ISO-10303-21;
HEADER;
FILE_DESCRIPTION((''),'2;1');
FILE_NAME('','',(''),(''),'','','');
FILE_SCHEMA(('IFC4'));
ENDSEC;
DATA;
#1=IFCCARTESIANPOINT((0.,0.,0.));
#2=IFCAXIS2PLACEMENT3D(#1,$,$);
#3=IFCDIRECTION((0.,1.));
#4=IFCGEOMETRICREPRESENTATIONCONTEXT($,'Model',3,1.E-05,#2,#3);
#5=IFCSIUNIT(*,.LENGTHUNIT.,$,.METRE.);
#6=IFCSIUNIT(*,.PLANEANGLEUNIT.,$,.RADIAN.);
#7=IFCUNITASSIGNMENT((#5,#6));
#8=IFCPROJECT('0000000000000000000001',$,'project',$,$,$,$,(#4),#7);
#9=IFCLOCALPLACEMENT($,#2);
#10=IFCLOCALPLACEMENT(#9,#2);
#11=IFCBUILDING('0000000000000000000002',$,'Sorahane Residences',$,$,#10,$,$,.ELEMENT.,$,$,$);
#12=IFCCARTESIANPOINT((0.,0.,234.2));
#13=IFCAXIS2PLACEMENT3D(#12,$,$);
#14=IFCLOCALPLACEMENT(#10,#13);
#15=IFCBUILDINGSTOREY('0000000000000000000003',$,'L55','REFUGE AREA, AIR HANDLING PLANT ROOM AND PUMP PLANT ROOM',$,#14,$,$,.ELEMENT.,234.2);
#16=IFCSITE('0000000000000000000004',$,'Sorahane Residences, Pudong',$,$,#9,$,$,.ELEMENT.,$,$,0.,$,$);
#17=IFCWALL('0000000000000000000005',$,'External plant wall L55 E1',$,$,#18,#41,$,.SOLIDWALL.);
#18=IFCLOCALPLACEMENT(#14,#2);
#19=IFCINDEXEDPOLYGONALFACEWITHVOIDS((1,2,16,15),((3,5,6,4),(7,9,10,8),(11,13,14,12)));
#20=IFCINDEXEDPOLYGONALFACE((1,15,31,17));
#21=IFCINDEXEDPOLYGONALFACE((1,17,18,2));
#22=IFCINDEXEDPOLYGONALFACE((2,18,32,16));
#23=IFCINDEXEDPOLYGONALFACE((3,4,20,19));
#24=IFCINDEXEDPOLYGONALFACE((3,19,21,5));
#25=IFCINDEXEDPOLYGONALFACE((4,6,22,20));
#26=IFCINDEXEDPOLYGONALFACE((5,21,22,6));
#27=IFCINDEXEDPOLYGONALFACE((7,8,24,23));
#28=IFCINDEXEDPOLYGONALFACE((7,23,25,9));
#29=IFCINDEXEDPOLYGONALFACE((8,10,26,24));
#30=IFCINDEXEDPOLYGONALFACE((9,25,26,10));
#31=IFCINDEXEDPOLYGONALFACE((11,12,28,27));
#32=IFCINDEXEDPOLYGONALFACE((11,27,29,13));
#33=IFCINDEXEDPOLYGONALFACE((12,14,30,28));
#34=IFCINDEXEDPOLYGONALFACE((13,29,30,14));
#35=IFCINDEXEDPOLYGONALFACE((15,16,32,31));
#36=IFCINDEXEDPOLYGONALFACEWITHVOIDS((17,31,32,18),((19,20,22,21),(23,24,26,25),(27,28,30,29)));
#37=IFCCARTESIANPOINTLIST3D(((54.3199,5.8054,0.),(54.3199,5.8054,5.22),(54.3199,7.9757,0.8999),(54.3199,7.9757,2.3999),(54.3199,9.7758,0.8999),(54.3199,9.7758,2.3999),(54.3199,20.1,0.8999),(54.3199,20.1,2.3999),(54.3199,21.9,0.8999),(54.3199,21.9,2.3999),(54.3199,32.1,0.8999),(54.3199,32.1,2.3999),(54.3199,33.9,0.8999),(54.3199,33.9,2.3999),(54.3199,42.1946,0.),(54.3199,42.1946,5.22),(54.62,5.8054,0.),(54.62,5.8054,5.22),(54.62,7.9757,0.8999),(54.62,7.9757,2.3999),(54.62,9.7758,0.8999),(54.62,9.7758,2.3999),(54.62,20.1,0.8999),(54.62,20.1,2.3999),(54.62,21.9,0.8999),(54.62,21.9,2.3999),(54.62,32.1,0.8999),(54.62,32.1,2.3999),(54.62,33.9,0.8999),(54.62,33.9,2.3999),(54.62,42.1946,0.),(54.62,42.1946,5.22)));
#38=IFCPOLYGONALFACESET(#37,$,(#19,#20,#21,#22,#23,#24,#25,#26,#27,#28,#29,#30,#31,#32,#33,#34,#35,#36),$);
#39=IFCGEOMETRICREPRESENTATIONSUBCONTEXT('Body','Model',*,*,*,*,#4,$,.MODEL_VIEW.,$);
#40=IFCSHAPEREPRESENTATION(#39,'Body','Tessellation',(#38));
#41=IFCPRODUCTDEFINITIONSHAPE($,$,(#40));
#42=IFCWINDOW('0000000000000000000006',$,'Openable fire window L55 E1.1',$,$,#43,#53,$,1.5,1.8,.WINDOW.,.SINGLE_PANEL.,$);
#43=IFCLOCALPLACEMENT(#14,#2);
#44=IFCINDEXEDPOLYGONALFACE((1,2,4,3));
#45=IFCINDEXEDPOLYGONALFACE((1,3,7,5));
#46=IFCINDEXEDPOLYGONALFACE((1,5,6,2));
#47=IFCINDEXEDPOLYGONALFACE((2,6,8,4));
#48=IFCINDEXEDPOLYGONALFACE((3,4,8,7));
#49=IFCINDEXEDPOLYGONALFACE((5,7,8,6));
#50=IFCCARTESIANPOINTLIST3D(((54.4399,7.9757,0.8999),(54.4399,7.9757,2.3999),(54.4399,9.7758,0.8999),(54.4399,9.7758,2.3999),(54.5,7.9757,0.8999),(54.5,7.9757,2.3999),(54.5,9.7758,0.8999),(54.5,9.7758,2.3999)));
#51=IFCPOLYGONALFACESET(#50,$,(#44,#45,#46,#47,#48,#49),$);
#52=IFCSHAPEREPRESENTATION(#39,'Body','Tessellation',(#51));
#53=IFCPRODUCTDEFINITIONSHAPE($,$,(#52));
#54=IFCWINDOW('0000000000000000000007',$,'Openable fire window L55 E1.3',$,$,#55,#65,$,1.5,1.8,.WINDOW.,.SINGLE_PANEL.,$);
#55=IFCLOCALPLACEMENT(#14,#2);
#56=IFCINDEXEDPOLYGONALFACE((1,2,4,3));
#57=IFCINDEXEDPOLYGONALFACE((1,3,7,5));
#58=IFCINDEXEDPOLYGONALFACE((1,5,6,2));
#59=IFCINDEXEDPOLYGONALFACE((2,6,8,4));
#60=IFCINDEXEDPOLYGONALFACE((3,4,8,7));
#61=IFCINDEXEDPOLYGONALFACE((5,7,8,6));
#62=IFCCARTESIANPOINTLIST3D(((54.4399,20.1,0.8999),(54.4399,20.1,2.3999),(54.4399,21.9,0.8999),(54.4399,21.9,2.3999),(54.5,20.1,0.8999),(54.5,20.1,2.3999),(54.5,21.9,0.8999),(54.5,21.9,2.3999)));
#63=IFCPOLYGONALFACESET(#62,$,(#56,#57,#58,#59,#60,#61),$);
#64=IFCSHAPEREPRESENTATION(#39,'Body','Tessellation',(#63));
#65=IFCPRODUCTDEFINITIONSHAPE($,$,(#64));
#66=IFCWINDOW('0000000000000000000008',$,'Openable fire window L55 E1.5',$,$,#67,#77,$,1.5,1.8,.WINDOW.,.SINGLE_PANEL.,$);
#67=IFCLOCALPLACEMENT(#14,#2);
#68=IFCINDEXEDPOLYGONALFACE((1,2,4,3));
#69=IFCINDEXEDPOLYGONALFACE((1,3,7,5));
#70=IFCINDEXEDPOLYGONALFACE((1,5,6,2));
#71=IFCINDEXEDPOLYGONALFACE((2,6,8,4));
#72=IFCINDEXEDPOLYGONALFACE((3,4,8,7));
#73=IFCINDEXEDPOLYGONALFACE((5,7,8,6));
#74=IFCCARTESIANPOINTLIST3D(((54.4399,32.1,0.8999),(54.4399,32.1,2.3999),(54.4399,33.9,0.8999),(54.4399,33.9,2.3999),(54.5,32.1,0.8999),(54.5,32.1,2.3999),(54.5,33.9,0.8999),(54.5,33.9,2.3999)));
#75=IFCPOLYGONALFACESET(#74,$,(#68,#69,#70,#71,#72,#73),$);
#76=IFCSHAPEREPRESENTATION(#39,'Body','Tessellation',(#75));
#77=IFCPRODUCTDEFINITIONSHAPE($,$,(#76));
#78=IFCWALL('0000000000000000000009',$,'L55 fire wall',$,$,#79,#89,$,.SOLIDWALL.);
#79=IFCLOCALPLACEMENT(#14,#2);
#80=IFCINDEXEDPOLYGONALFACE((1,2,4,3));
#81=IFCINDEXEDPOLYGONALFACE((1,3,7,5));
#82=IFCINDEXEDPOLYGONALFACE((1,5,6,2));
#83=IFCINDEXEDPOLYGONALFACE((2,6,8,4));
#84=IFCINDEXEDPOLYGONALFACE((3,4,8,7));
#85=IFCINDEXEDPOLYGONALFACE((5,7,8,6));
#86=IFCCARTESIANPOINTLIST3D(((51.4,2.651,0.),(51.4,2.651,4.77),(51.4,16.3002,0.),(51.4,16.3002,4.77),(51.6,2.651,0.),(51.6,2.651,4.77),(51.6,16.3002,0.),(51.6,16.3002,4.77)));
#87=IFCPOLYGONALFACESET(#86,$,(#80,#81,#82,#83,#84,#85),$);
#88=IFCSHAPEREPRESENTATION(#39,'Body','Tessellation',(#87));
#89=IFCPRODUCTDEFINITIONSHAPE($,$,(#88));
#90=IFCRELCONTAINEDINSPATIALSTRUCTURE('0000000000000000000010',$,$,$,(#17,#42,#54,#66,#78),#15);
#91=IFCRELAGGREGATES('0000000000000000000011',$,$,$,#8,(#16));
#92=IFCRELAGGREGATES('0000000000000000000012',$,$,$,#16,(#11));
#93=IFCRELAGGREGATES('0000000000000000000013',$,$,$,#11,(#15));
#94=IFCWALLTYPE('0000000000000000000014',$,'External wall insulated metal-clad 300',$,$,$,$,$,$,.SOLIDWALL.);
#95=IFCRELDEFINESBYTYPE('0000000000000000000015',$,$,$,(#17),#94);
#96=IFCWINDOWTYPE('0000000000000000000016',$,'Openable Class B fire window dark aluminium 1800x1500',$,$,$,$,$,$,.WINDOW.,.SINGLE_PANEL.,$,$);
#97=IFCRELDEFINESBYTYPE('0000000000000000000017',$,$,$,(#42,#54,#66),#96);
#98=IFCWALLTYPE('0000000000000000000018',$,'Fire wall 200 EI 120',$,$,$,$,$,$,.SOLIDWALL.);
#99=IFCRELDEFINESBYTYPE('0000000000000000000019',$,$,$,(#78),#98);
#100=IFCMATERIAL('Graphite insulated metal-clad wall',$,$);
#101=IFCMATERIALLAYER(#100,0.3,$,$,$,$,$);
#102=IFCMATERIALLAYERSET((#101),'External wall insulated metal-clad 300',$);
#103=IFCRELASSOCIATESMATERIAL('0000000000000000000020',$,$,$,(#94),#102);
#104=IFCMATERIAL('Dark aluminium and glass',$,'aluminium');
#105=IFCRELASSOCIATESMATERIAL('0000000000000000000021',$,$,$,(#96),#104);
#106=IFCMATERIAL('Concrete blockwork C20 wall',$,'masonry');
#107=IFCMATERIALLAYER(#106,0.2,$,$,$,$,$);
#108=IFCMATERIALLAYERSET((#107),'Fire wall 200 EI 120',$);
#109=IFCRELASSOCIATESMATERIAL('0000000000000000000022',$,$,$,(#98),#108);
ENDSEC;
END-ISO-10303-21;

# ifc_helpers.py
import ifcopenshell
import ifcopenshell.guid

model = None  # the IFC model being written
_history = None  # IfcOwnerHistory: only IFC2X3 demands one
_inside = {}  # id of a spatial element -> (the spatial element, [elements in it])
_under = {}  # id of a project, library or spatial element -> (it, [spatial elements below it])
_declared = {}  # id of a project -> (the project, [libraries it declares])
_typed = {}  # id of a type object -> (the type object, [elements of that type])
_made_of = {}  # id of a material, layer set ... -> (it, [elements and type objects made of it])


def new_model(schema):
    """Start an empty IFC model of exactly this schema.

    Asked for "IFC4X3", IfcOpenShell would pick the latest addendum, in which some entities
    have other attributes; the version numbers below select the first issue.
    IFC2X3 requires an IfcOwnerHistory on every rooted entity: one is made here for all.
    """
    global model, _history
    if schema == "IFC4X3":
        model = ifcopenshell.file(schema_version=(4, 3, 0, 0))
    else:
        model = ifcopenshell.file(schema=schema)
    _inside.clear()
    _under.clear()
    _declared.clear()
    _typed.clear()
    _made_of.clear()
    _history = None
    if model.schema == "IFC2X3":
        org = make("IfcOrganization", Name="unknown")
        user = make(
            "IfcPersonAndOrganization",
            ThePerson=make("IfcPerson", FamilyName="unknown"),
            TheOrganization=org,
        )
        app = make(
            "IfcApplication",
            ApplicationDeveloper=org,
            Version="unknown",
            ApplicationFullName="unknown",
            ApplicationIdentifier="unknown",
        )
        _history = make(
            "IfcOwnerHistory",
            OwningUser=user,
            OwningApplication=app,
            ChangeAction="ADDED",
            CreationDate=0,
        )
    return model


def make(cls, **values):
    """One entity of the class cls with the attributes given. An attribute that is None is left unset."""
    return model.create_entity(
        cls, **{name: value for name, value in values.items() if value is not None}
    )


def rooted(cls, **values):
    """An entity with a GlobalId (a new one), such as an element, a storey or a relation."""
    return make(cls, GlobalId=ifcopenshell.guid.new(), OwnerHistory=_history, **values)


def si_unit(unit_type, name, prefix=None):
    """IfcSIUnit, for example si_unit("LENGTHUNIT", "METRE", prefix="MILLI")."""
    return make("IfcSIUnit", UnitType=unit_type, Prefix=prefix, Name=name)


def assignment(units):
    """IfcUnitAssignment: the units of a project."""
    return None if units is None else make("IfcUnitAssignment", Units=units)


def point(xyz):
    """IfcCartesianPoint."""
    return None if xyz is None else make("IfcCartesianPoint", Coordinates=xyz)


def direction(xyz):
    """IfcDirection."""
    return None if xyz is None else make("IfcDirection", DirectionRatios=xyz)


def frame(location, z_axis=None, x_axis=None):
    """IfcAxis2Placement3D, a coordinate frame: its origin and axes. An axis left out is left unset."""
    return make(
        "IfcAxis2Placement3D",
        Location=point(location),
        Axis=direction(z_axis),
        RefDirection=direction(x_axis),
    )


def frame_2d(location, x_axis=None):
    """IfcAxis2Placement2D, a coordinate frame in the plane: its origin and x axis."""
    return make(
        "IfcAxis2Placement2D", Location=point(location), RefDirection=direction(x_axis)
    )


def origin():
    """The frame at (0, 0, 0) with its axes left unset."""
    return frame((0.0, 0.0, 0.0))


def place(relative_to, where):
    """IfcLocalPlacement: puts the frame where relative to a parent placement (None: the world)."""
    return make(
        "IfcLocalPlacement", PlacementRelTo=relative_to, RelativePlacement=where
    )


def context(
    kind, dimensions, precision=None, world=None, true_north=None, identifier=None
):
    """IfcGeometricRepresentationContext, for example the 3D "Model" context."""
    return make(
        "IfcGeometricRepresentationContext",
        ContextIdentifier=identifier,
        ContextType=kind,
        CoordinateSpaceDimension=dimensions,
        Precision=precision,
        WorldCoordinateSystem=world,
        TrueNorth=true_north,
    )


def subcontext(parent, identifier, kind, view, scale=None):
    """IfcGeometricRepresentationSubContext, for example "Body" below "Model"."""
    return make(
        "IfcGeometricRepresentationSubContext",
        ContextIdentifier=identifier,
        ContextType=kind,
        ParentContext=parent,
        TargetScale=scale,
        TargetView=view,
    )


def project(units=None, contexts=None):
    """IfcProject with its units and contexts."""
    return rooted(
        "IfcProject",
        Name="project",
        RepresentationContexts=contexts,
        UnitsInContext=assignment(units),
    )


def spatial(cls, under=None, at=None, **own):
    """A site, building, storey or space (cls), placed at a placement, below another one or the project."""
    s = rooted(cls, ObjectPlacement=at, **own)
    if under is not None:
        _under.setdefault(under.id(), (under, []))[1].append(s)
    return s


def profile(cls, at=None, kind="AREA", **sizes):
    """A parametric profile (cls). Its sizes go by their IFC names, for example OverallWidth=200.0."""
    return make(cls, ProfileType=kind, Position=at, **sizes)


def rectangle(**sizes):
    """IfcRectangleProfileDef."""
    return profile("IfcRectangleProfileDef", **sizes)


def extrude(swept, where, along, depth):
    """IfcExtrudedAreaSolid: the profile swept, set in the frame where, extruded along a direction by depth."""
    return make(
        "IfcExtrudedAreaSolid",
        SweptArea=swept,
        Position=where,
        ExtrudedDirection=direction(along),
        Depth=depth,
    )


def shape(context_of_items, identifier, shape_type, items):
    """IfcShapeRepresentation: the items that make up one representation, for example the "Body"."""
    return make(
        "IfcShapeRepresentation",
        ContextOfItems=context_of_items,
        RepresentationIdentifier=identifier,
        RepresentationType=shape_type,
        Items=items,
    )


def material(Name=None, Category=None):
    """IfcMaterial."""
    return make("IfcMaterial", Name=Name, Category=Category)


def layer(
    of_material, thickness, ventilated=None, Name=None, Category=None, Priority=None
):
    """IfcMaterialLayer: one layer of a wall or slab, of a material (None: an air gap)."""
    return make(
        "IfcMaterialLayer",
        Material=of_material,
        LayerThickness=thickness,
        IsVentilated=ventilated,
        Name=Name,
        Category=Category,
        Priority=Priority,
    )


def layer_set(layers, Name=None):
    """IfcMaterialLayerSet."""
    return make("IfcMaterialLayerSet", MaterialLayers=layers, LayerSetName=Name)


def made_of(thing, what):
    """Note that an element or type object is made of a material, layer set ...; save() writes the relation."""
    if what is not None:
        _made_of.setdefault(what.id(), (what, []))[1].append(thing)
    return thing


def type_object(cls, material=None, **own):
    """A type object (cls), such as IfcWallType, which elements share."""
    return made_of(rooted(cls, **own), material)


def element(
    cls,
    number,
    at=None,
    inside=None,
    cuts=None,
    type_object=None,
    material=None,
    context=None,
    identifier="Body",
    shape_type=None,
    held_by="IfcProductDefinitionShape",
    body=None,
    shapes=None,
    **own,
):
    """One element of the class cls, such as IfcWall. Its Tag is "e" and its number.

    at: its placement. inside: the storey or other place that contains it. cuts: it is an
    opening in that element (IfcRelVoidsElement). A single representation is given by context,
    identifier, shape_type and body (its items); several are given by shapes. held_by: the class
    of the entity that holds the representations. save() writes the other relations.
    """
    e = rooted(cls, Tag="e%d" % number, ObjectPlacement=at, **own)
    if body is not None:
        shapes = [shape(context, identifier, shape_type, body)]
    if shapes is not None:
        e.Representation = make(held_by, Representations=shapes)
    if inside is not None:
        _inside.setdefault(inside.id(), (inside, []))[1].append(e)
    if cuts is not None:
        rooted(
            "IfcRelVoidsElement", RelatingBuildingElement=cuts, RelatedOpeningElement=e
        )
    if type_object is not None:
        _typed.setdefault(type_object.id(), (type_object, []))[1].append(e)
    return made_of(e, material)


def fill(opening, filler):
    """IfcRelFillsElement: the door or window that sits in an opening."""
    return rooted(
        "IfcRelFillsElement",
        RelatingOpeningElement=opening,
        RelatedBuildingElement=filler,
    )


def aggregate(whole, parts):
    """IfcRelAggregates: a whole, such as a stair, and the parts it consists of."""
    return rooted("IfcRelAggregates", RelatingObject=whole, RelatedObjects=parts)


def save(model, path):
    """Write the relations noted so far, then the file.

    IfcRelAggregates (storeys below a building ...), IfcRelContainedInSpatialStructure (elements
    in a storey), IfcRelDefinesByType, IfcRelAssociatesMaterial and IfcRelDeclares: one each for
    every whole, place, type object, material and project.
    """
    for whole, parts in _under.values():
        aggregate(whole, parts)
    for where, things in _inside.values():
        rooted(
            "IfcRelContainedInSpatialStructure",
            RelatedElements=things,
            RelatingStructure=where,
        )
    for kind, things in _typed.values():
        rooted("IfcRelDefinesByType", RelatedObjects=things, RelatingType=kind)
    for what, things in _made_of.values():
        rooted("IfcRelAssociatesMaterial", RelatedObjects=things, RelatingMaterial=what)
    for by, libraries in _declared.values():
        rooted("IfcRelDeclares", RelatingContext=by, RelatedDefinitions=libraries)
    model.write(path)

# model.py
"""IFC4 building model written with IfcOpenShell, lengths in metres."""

from ifc_helpers import new_model, si_unit, direction, frame, frame_2d, origin, place, context, subcontext, project, spatial, rectangle, extrude, material, layer, layer_set, type_object, element, fill, save


model = new_model("IFC4")

# Units and contexts
model_context = context("Model", 3, precision=1e-05, world=origin(), true_north=direction((0.0, 1.0)))
body_context = subcontext(model_context, "Body", "Model", "MODEL_VIEW")
ifc_project = project(units=[si_unit("LENGTHUNIT", "METRE"), si_unit("PLANEANGLEUNIT", "RADIAN")], contexts=[model_context])

# Site, building, storey
site_placement = place(None, origin())
site = spatial("IfcSite", under=ifc_project, at=site_placement, Name="Sorahane Residences, Pudong", CompositionType="ELEMENT", RefElevation=0.0)
building_placement = place(site_placement, origin())
building = spatial("IfcBuilding", under=site, at=building_placement, Name="Sorahane Residences", CompositionType="ELEMENT")
storey_placement = place(building_placement, frame((0.0, 0.0, 234.2)))
storey = spatial("IfcBuildingStorey", under=building, at=storey_placement, Name="L55", Description="REFUGE AREA, AIR HANDLING PLANT ROOM AND PUMP PLANT ROOM", CompositionType="ELEMENT", Elevation=234.2)

# Shared definitions
ifc_material_1 = material(Name="Graphite insulated metal-clad wall")
ifc_layer_1 = layer(ifc_material_1, 0.3)
ifc_layer_set_1 = layer_set([ifc_layer_1], Name="External wall insulated metal-clad 300")
wall_type_1 = type_object("IfcWallType", Name="External wall insulated metal-clad 300", PredefinedType="SOLIDWALL", material=ifc_layer_set_1)
ifc_material_2 = material(Name="Dark aluminium and glass", Category="aluminium")
window_type = type_object("IfcWindowType", Name="Openable Class B fire window dark aluminium 1800x1500", PartitioningType="SINGLE_PANEL", PredefinedType="WINDOW", material=ifc_material_2)

# Wall, openings, windows
wall_1_placement = place(storey_placement, frame((54.47, 5.8054, 0.0), z_axis=(0.0, 0.0, 1.0), x_axis=(0.0, 1.0, 0.0)))
wall_1 = element("IfcWall", 1, at=wall_1_placement, inside=storey, type_object=wall_type_1, Name="External plant wall L55 E1", PredefinedType="SOLIDWALL", context=body_context, shape_type="SweptSolid", body=[
    extrude(rectangle(XDim=36.3892, YDim=0.3, at=frame_2d((18.1946, 0.0))), origin(), (0.0, 0.0, 1.0), 5.22),
])
opening_1_placement = place(wall_1_placement, frame((2.1704, 0.0, 0.8999)))
opening_1 = element("IfcOpeningElement", 2, at=opening_1_placement, cuts=wall_1, PredefinedType="OPENING", context=body_context, shape_type="SweptSolid", body=[
    extrude(rectangle(XDim=1.8, YDim=1.5, at=frame_2d((0.8999, 0.75))), frame((0.0, 0.1599, 0.0), z_axis=(0.0, -1.0, 0.0), x_axis=(1.0, 0.0, 0.0)), (0.0, 0.0, 1.0), 0.3201),
])
opening_2_placement = place(wall_1_placement, frame((14.2947, 0.0, 0.8999)))
opening_2 = element("IfcOpeningElement", 3, at=opening_2_placement, cuts=wall_1, PredefinedType="OPENING", context=body_context, shape_type="SweptSolid", body=[
    extrude(rectangle(XDim=1.8, YDim=1.5, at=frame_2d((0.8999, 0.75))), frame((0.0, 0.1599, 0.0), z_axis=(0.0, -1.0, 0.0), x_axis=(1.0, 0.0, 0.0)), (0.0, 0.0, 1.0), 0.3201),
])
opening_3_placement = place(wall_1_placement, frame((26.2947, 0.0, 0.8999)))
opening_3 = element("IfcOpeningElement", 4, at=opening_3_placement, cuts=wall_1, PredefinedType="OPENING", context=body_context, shape_type="SweptSolid", body=[
    extrude(rectangle(XDim=1.8, YDim=1.5, at=frame_2d((0.8999, 0.75))), frame((0.0, 0.1599, 0.0), z_axis=(0.0, -1.0, 0.0), x_axis=(1.0, 0.0, 0.0)), (0.0, 0.0, 1.0), 0.3201),
])
window_1_placement = place(opening_1_placement, origin())
window_1 = element("IfcWindow", 5, at=window_1_placement, inside=storey, type_object=window_type, Name="Openable fire window L55 E1.1", OverallHeight=1.5, OverallWidth=1.8, PartitioningType="SINGLE_PANEL", PredefinedType="WINDOW", context=body_context, shape_type="SweptSolid", body=[
    extrude(rectangle(XDim=1.8, YDim=1.5, at=frame_2d((0.8999, 0.75))), frame((0.0, 0.03, 0.0), z_axis=(0.0, -1.0, 0.0), x_axis=(1.0, 0.0, 0.0)), (0.0, 0.0, 1.0), 0.0601),
])
fill(opening_1, window_1)
window_2_placement = place(opening_2_placement, origin())
window_2 = element("IfcWindow", 6, at=window_2_placement, inside=storey, type_object=window_type, Name="Openable fire window L55 E1.3", OverallHeight=1.5, OverallWidth=1.8, PartitioningType="SINGLE_PANEL", PredefinedType="WINDOW", context=body_context, shape_type="SweptSolid", body=[
    extrude(rectangle(XDim=1.8, YDim=1.5, at=frame_2d((0.8999, 0.75))), frame((0.0, 0.03, 0.0), z_axis=(0.0, -1.0, 0.0), x_axis=(1.0, 0.0, 0.0)), (0.0, 0.0, 1.0), 0.0601),
])
fill(opening_2, window_2)
window_3_placement = place(opening_3_placement, origin())
window_3 = element("IfcWindow", 7, at=window_3_placement, inside=storey, type_object=window_type, Name="Openable fire window L55 E1.5", OverallHeight=1.5, OverallWidth=1.8, PartitioningType="SINGLE_PANEL", PredefinedType="WINDOW", context=body_context, shape_type="SweptSolid", body=[
    extrude(rectangle(XDim=1.8, YDim=1.5, at=frame_2d((0.8999, 0.75))), frame((0.0, 0.03, 0.0), z_axis=(0.0, -1.0, 0.0), x_axis=(1.0, 0.0, 0.0)), (0.0, 0.0, 1.0), 0.0601),
])
fill(opening_3, window_3)

# Wall
ifc_material_3 = material(Name="Concrete blockwork C20 wall", Category="masonry")
ifc_layer_2 = layer(ifc_material_3, 0.2)
ifc_layer_set_2 = layer_set([ifc_layer_2], Name="Fire wall 200 EI 120")
wall_type_2 = type_object("IfcWallType", Name="Fire wall 200 EI 120", PredefinedType="SOLIDWALL", material=ifc_layer_set_2)
wall_2_placement = place(storey_placement, frame((51.5, 2.6509, 0.0), z_axis=(0.0, 0.0, 1.0), x_axis=(0.0, 1.0, 0.0)))
element("IfcWall", 8, at=wall_2_placement, inside=storey, type_object=wall_type_2, Name="L55 fire wall", PredefinedType="SOLIDWALL", context=body_context, shape_type="SweptSolid", body=[
    extrude(rectangle(XDim=13.6492, YDim=0.2, at=frame_2d((6.8247, 0.0))), origin(), (0.0, 0.0, 1.0), 4.77),
])

save(model, "model.ifc")
